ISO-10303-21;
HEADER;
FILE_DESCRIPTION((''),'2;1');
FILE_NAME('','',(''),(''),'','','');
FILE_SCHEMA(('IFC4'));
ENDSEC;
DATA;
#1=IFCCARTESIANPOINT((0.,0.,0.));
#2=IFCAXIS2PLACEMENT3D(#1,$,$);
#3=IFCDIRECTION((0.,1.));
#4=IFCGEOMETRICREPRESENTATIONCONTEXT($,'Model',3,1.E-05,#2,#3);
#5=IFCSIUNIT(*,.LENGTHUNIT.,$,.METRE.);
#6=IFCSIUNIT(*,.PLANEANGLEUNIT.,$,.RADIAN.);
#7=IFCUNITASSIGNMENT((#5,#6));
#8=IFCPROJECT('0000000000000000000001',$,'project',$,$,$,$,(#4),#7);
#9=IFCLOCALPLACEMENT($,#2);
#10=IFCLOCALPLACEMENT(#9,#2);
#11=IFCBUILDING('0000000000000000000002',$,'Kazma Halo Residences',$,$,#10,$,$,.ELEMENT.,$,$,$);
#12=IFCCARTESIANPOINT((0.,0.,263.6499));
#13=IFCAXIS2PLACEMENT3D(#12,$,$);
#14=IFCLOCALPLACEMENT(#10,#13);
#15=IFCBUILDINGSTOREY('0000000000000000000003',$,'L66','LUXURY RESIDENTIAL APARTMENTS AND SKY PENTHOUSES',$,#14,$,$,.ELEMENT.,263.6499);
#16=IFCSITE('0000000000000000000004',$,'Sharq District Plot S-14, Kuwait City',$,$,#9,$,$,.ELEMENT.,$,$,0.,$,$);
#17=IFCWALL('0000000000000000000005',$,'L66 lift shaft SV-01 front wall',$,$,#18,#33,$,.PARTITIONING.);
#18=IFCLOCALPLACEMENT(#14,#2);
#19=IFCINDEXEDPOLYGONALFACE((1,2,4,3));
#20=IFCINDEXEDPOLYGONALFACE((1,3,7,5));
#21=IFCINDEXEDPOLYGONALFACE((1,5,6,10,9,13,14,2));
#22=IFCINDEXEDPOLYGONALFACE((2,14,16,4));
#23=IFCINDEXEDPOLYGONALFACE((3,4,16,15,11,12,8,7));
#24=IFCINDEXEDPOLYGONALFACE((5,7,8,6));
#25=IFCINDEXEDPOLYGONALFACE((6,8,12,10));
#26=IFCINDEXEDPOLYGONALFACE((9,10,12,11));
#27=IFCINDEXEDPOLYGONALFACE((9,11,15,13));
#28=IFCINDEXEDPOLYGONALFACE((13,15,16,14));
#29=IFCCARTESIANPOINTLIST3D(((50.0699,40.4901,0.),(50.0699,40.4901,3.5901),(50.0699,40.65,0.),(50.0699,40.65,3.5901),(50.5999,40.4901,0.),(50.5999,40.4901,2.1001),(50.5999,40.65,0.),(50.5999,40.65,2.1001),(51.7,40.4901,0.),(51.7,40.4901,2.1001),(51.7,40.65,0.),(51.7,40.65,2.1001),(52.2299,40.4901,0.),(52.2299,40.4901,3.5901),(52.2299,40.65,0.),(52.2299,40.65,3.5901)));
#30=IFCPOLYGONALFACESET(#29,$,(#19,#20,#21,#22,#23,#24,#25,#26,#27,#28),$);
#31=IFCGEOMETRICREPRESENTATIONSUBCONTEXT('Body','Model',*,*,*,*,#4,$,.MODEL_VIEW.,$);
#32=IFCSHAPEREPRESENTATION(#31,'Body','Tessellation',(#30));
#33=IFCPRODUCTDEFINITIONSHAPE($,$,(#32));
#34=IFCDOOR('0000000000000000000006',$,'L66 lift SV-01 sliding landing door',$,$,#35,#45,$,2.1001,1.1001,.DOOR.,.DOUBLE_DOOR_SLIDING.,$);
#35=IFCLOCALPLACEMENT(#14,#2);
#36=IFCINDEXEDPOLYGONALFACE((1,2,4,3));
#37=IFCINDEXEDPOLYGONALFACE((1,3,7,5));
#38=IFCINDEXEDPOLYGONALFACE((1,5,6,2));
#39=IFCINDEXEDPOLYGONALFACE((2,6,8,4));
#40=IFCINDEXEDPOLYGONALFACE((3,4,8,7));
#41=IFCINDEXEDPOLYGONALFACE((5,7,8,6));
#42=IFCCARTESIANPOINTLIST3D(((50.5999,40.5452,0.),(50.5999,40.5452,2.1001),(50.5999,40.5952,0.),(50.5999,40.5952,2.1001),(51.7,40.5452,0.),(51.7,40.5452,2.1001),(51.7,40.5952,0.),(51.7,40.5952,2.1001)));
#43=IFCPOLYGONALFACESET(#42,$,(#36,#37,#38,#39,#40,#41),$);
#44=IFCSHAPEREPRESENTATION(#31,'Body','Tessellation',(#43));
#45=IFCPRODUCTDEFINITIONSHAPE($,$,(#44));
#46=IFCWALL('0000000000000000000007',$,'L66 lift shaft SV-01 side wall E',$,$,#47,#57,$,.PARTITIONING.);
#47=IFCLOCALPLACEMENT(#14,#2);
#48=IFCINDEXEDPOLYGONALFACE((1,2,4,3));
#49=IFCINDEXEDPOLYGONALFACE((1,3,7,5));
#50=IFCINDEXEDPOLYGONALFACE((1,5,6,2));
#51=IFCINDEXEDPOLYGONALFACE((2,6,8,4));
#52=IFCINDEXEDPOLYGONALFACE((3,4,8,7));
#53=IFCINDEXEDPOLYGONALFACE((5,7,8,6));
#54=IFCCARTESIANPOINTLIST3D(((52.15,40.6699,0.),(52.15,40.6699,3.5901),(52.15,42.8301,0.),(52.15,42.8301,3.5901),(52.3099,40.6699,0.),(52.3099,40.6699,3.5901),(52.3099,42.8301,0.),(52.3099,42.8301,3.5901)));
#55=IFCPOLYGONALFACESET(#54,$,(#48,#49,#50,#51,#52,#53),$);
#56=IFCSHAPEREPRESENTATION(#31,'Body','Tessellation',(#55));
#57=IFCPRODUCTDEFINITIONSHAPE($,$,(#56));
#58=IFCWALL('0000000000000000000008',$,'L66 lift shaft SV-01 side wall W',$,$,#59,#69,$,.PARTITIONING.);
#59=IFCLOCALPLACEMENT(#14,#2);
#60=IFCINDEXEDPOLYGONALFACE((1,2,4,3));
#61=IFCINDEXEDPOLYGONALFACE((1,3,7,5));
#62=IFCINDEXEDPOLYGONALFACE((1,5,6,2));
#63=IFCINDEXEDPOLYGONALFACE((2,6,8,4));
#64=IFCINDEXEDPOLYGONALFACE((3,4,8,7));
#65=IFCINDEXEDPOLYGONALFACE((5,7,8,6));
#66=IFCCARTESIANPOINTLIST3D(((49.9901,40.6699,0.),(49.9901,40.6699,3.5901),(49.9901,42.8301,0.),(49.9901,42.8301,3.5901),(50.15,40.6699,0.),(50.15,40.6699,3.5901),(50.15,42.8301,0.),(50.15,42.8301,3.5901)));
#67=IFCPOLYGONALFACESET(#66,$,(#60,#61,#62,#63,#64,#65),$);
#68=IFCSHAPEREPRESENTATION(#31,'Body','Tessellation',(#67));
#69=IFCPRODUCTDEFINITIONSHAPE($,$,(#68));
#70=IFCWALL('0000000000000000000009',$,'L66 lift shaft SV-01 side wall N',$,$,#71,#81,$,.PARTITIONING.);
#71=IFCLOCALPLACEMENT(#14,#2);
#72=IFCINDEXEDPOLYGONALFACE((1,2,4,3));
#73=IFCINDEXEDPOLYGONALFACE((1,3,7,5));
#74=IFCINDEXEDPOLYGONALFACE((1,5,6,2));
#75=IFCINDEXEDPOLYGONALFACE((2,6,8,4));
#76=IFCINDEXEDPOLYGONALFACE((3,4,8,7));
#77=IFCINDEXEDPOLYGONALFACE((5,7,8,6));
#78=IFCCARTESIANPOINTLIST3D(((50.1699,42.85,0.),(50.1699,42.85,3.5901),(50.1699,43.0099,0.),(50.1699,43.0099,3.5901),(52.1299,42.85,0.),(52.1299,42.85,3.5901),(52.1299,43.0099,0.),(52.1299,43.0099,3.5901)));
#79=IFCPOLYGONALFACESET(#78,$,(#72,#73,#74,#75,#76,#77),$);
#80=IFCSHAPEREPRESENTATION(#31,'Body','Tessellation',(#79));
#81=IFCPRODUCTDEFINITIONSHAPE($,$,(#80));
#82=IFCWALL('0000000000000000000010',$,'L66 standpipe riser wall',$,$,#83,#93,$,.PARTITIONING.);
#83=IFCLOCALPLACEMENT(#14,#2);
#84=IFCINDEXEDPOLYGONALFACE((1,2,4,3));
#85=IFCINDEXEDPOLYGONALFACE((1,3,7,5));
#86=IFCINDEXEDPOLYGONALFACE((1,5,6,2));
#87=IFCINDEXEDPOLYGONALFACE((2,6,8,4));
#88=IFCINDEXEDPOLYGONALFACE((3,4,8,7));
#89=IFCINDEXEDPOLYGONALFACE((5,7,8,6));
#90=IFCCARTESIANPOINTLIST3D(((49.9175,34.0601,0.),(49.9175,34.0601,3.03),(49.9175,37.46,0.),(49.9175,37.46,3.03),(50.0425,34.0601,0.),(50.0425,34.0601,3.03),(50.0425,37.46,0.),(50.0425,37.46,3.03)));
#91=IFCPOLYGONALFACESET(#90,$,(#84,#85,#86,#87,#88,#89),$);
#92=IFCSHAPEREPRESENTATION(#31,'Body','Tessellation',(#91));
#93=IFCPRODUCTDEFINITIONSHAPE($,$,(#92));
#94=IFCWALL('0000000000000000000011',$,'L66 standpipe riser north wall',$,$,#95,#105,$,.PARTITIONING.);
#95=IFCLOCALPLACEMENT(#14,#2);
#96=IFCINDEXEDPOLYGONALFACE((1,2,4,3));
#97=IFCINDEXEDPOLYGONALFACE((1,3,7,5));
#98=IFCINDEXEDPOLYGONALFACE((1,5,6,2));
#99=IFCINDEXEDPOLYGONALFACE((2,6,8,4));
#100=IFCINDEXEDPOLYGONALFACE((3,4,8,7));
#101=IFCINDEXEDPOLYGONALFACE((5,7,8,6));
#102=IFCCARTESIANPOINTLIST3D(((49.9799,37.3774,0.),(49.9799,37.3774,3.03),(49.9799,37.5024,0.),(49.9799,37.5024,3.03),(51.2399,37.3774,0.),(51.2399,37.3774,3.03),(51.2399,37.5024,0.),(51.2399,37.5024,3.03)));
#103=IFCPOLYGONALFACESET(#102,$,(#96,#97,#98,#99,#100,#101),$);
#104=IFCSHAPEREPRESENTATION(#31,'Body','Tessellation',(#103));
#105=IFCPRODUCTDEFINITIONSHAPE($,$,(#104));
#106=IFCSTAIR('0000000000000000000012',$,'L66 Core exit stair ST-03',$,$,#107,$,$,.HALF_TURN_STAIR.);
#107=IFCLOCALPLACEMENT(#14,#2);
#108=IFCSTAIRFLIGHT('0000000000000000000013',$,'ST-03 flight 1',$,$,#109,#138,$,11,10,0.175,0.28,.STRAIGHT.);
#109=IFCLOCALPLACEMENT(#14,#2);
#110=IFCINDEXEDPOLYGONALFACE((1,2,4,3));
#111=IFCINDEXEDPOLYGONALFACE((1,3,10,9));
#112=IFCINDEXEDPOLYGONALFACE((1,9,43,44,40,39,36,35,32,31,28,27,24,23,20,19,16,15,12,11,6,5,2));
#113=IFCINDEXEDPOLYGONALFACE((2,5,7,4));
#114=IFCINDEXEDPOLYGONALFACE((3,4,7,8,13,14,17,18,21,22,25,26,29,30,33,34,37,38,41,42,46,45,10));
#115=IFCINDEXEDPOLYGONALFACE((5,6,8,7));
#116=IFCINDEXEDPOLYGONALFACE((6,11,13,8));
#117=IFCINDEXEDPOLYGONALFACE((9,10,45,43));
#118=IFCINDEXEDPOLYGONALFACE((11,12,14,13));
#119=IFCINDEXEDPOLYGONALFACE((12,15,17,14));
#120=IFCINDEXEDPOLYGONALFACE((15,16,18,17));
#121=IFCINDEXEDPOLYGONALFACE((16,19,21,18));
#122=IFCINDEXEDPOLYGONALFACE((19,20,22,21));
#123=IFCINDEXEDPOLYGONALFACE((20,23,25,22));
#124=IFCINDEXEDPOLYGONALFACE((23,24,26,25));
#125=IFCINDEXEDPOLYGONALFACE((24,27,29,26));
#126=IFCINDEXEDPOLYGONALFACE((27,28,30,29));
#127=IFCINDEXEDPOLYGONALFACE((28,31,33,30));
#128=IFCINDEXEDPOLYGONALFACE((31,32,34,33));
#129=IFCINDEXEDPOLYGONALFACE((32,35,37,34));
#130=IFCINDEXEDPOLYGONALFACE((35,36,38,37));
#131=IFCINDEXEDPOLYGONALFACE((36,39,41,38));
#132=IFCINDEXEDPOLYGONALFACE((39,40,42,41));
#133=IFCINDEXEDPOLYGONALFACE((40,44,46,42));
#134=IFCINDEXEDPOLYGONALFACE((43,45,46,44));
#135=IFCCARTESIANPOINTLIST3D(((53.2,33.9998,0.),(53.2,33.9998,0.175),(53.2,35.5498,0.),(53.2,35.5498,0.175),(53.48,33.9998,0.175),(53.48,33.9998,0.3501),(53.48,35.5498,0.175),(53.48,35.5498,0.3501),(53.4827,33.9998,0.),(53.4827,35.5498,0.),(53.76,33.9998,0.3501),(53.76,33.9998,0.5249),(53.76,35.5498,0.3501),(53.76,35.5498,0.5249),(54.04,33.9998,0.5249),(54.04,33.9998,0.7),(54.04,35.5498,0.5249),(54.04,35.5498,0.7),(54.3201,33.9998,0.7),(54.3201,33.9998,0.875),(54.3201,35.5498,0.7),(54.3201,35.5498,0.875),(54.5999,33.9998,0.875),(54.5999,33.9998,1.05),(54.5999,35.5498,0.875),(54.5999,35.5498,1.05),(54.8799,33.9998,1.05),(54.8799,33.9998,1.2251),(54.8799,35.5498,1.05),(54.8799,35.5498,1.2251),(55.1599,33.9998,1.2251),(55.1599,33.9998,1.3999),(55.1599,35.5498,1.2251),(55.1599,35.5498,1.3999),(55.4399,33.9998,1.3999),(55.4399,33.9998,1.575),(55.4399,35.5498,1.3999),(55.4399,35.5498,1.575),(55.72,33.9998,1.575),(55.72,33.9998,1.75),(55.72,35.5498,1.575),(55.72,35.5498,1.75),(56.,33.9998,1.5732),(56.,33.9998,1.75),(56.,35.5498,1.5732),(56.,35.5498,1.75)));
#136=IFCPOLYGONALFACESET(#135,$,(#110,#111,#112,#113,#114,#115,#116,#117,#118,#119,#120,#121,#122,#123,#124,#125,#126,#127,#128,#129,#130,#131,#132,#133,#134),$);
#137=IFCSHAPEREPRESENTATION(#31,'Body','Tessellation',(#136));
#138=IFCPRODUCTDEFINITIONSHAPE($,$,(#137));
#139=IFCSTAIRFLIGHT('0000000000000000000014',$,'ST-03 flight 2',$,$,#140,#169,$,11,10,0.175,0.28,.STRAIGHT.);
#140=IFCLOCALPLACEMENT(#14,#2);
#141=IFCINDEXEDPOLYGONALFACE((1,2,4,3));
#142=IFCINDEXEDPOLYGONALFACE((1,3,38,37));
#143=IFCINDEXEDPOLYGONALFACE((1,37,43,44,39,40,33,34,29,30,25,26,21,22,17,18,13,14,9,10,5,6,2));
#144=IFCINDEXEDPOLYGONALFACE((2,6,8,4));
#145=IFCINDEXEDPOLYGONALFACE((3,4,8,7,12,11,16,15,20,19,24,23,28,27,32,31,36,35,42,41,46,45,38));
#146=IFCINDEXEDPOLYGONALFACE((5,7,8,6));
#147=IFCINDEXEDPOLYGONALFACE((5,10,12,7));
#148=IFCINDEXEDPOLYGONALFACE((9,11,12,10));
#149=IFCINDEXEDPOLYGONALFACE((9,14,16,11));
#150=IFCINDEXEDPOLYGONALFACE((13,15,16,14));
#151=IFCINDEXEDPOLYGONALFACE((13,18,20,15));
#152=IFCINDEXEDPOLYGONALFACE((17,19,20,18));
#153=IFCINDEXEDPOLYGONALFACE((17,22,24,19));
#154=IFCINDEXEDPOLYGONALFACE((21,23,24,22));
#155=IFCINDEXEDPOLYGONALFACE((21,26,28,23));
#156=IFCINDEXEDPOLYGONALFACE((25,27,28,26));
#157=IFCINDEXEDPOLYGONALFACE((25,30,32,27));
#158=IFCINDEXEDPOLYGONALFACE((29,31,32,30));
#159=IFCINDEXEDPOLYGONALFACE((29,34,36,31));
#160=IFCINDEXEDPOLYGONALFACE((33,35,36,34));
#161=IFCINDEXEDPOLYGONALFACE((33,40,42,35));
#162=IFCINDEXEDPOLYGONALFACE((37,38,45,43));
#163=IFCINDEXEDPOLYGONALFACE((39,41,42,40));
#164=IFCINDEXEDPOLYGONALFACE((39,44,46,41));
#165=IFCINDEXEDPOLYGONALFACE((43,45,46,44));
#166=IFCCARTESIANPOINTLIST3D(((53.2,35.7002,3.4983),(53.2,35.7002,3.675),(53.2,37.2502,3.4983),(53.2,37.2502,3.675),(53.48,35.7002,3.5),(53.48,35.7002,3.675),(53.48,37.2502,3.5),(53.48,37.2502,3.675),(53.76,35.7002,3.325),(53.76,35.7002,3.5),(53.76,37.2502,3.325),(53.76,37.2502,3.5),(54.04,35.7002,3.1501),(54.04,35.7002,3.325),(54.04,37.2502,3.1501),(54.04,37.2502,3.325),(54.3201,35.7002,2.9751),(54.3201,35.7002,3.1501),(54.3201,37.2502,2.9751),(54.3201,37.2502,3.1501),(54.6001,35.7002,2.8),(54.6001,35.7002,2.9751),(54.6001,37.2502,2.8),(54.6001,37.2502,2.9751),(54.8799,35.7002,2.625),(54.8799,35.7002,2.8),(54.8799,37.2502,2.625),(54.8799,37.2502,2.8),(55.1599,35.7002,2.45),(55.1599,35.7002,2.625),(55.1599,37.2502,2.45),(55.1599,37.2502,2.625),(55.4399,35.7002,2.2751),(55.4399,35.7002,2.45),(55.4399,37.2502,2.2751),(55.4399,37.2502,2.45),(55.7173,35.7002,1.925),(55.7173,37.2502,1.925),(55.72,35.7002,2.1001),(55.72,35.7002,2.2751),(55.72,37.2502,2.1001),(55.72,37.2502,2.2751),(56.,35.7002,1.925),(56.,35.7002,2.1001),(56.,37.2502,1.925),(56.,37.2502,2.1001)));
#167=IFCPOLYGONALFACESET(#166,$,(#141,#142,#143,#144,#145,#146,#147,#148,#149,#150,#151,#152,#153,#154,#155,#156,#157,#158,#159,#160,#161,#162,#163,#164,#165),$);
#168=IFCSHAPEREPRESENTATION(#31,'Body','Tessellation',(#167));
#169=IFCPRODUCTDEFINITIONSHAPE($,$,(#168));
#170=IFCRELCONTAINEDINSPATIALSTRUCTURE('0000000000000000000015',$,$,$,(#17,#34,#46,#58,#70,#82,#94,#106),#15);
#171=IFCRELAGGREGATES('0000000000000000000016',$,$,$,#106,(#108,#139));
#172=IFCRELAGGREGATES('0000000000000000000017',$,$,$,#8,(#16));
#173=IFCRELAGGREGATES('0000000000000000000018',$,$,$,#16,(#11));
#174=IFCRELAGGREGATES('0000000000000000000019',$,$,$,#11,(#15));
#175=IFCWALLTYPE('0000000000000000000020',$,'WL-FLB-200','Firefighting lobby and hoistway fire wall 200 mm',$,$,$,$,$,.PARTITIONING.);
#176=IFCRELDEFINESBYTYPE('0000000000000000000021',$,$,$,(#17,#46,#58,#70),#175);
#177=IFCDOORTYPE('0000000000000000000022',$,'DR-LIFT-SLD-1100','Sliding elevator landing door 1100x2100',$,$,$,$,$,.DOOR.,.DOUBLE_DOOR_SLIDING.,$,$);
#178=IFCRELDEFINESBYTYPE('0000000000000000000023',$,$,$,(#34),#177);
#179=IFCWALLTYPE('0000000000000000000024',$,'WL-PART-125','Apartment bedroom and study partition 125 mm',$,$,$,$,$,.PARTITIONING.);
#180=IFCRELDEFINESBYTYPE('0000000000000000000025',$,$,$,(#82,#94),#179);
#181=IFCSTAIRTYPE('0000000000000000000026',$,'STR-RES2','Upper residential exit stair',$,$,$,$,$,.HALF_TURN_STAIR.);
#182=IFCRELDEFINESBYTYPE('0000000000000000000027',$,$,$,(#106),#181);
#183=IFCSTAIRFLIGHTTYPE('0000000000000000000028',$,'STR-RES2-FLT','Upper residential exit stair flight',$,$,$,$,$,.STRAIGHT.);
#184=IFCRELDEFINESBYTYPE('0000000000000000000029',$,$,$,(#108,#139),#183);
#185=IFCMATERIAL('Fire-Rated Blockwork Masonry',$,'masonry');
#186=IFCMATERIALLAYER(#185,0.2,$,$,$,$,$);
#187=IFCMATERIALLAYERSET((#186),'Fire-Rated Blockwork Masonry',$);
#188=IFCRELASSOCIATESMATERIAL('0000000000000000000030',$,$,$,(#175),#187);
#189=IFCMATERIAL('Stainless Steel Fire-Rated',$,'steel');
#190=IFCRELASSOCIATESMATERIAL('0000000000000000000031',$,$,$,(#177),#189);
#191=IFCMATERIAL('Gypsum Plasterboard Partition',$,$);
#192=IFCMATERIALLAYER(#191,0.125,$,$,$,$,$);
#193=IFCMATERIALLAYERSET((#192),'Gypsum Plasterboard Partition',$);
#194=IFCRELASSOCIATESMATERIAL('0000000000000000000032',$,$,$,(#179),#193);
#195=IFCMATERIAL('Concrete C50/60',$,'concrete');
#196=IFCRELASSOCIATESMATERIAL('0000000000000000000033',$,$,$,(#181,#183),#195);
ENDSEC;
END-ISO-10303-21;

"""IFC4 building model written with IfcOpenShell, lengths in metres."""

from ifc_helpers import new_model, si_unit, direction, frame, frame_2d, origin, place, context, subcontext, project, spatial, polyline, rectangle, outline, extrude, material, layer, layer_set, type_object, element, fill, aggregate, save


model = new_model("IFC4")

# Units and contexts
model_context = context("Model", 3, precision=1e-05, world=origin(), true_north=direction((0.0, 1.0)))
body_context = subcontext(model_context, "Body", "Model", "MODEL_VIEW")
ifc_project = project(units=[si_unit("LENGTHUNIT", "METRE"), si_unit("PLANEANGLEUNIT", "RADIAN")], contexts=[model_context])

# Site, building, storey
site_placement = place(None, origin())
site = spatial("IfcSite", under=ifc_project, at=site_placement, Name="Sharq District Plot S-14, Kuwait City", CompositionType="ELEMENT", RefElevation=0.0)
building_placement = place(site_placement, origin())
building = spatial("IfcBuilding", under=site, at=building_placement, Name="Kazma Halo Residences", CompositionType="ELEMENT")
storey_placement = place(building_placement, frame((0.0, 0.0, 263.6499)))
storey = spatial("IfcBuildingStorey", under=building, at=storey_placement, Name="L66", Description="LUXURY RESIDENTIAL APARTMENTS AND SKY PENTHOUSES", CompositionType="ELEMENT", Elevation=263.6499)

# Shared definitions
ifc_material_1 = material(Name="Fire-Rated Blockwork Masonry", Category="masonry")
ifc_layer_1 = layer(ifc_material_1, 0.2)
ifc_layer_set_1 = layer_set([ifc_layer_1], Name="Fire-Rated Blockwork Masonry")
wall_type_1 = type_object("IfcWallType", Name="WL-FLB-200", Description="Firefighting lobby and hoistway fire wall 200 mm", PredefinedType="PARTITIONING", material=ifc_layer_set_1)
ifc_material_2 = material(Name="Stainless Steel Fire-Rated", Category="steel")
door_type_1 = type_object("IfcDoorType", Name="DR-LIFT-SLD-1100", Description="Sliding elevator landing door 1100x2100", OperationType="DOUBLE_DOOR_SLIDING", PredefinedType="DOOR", material=ifc_material_2)

# Wall, opening, door
wall_1_placement = place(storey_placement, frame((52.23, 40.5701, 0.0), z_axis=(0.0, 0.0, 1.0), x_axis=(-1.0, 0.0, 0.0)))
wall_1 = element("IfcWall", 1, at=wall_1_placement, inside=storey, type_object=wall_type_1, Name="L66 lift shaft SV-01 front wall", PredefinedType="PARTITIONING", context=body_context, shape_type="SweptSolid", body=[
    extrude(rectangle(XDim=2.1599, YDim=0.1599, at=frame_2d((1.0801, 0.0))), origin(), (0.0, 0.0, 1.0), 3.5901),
])
opening_1_placement = place(wall_1_placement, frame((0.53, 0.0, 0.0)))
opening_1 = element("IfcOpeningElement", 2, at=opening_1_placement, cuts=wall_1, PredefinedType="OPENING", context=body_context, shape_type="SweptSolid", body=[
    extrude(rectangle(XDim=1.1001, YDim=2.1001, at=frame_2d((0.55, 1.05))), frame((0.0, 0.0898, 0.0), z_axis=(0.0, -1.0, 0.0), x_axis=(1.0, 0.0, 0.0)), (0.0, 0.0, 1.0), 0.1799),
])
door_1_placement = place(opening_1_placement, origin())
door_1 = element("IfcDoor", 3, at=door_1_placement, inside=storey, type_object=door_type_1, Name="L66 lift SV-01 sliding landing door", OperationType="DOUBLE_DOOR_SLIDING", OverallHeight=2.1001, OverallWidth=1.1001, PredefinedType="DOOR", context=body_context, shape_type="SweptSolid", body=[
    extrude(rectangle(XDim=1.1001, YDim=2.1001, at=frame_2d((0.55, 1.05))), frame((0.0, 0.0249, 0.0), z_axis=(0.0, -1.0, 0.0), x_axis=(1.0, 0.0, 0.0)), (0.0, 0.0, 1.0), 0.05),
])
fill(opening_1, door_1)

# Walls
for number, where, z_axis, x_axis, name in (
    (4, (52.23, 40.6699, 0.0), (0.0, 0.0, 1.0), (0.0, 1.0, 0.0), "L66 lift shaft SV-01 side wall E"),
    (5, (50.0701, 40.6699, 0.0), (0.0, 0.0, 1.0), (0.0, 1.0, 0.0), "L66 lift shaft SV-01 side wall W"),
):
    element("IfcWall", number, at=place(storey_placement, frame(where, z_axis=z_axis, x_axis=x_axis)), inside=storey, type_object=wall_type_1, Name=name, PredefinedType="PARTITIONING", context=body_context, shape_type="SweptSolid", body=[
        extrude(rectangle(XDim=2.1602, YDim=0.1599, at=frame_2d((1.0801, 0.0))), origin(), (0.0, 0.0, 1.0), 3.5901),
    ])
wall_2_placement = place(storey_placement, frame((50.1699, 42.9299, 0.0), z_axis=(0.0, 0.0, 1.0), x_axis=(1.0, 0.0, 0.0)))
element("IfcWall", 6, at=wall_2_placement, inside=storey, type_object=wall_type_1, Name="L66 lift shaft SV-01 side wall N", PredefinedType="PARTITIONING", context=body_context, shape_type="SweptSolid", body=[
    extrude(rectangle(XDim=1.96, YDim=0.1599, at=frame_2d((0.98, 0.0))), origin(), (0.0, 0.0, 1.0), 3.5901),
])
ifc_material_3 = material(Name="Gypsum Plasterboard Partition")
ifc_layer_2 = layer(ifc_material_3, 0.125)
ifc_layer_set_2 = layer_set([ifc_layer_2], Name="Gypsum Plasterboard Partition")
wall_type_2 = type_object("IfcWallType", Name="WL-PART-125", Description="Apartment bedroom and study partition 125 mm", PredefinedType="PARTITIONING", material=ifc_layer_set_2)
wall_3_placement = place(storey_placement, frame((49.98, 34.0601, 0.0), z_axis=(0.0, 0.0, 1.0), x_axis=(0.0, 1.0, 0.0)))
element("IfcWall", 7, at=wall_3_placement, inside=storey, type_object=wall_type_2, Name="L66 standpipe riser wall", PredefinedType="PARTITIONING", context=body_context, shape_type="SweptSolid", body=[
    extrude(rectangle(XDim=3.3999, YDim=0.125, at=frame_2d((1.7, 0.0))), origin(), (0.0, 0.0, 1.0), 3.03),
])
wall_4_placement = place(storey_placement, frame((49.98, 37.4399, 0.0), z_axis=(0.0, 0.0, 1.0), x_axis=(1.0, 0.0, 0.0)))
element("IfcWall", 8, at=wall_4_placement, inside=storey, type_object=wall_type_2, Name="L66 standpipe riser north wall", PredefinedType="PARTITIONING", context=body_context, shape_type="SweptSolid", body=[
    extrude(rectangle(XDim=1.26, YDim=0.125, at=frame_2d((0.6299, 0.0))), origin(), (0.0, 0.0, 1.0), 3.03),
])

# Shared definitions
ifc_material_4 = material(Name="Concrete C50/60", Category="concrete")

# Stair, stair flights
stair_type = type_object("IfcStairType", Name="STR-RES2", Description="Upper residential exit stair", PredefinedType="HALF_TURN_STAIR", material=ifc_material_4)
stair_placement = place(storey_placement, origin())
stair = element("IfcStair", 9, at=stair_placement, inside=storey, type_object=stair_type, Name="L66 Core exit stair ST-03", PredefinedType="HALF_TURN_STAIR")
stair_flight_type = type_object("IfcStairFlightType", Name="STR-RES2-FLT", Description="Upper residential exit stair flight", PredefinedType="STRAIGHT", material=ifc_material_4)
stair_flight_1_placement = place(storey_placement, frame((53.2, 34.7749, 0.0), z_axis=(0.0, 0.0, 1.0), x_axis=(1.0, 0.0, 0.0)))
stair_flight_1 = element("IfcStairFlight", 10, at=stair_flight_1_placement, type_object=stair_flight_type, Name="ST-03 flight 1", NumberOfRisers=11, NumberOfTreads=10, PredefinedType="STRAIGHT", RiserHeight=0.175, TreadLength=0.28, context=body_context, shape_type="SweptSolid", body=[
    extrude(outline(polyline([(0.0, 0.0), (0.0, 0.175), (0.28, 0.175), (0.28, 0.3501), (0.5601, 0.3501), (0.5601, 0.5249), (0.8401, 0.5249), (0.8401, 0.7), (1.1201, 0.7), (1.1201, 0.875), (1.3999, 0.875), (1.3999, 1.05), (1.6799, 1.05), (1.6799, 1.2251), (1.96, 1.2251), (1.96, 1.3999), (2.24, 1.3999), (2.24, 1.575), (2.52, 1.575), (2.52, 1.75), (2.8, 1.75), (2.8, 1.925), (2.8, 1.5732), (0.2827, 0.0), (0.0, 0.0)])), frame((0.0, 0.7749, 0.0), z_axis=(0.0, -1.0, 0.0), x_axis=(1.0, 0.0, 0.0)), (0.0, 0.0, 1.0), 1.55),
])
stair_flight_2_placement = place(storey_placement, frame((56.0, 36.4751, 1.925), z_axis=(0.0, 0.0, 1.0), x_axis=(-1.0, 0.0, 0.0)))
stair_flight_2 = element("IfcStairFlight", 11, at=stair_flight_2_placement, type_object=stair_flight_type, Name="ST-03 flight 2", NumberOfRisers=11, NumberOfTreads=10, PredefinedType="STRAIGHT", RiserHeight=0.175, TreadLength=0.28, context=body_context, shape_type="SweptSolid", body=[
    extrude(outline(polyline([(0.0, 0.0), (0.0, 0.175), (0.28, 0.175), (0.28, 0.3501), (0.5601, 0.3501), (0.5601, 0.5249), (0.8401, 0.5249), (0.8401, 0.7), (1.1201, 0.7), (1.1201, 0.875), (1.3999, 0.875), (1.3999, 1.05), (1.6799, 1.05), (1.6799, 1.2251), (1.96, 1.2251), (1.96, 1.3999), (2.24, 1.3999), (2.24, 1.575), (2.52, 1.575), (2.52, 1.75), (2.8, 1.75), (2.8, 1.925), (2.8, 1.5732), (0.2827, 0.0), (0.0, 0.0)])), frame((0.0, 0.7749, 0.0), z_axis=(0.0, -1.0, 0.0), x_axis=(1.0, 0.0, 0.0)), (0.0, 0.0, 1.0), 1.55),
])
aggregate(stair, [stair_flight_1, stair_flight_2])

save(model, "model.ifc")
